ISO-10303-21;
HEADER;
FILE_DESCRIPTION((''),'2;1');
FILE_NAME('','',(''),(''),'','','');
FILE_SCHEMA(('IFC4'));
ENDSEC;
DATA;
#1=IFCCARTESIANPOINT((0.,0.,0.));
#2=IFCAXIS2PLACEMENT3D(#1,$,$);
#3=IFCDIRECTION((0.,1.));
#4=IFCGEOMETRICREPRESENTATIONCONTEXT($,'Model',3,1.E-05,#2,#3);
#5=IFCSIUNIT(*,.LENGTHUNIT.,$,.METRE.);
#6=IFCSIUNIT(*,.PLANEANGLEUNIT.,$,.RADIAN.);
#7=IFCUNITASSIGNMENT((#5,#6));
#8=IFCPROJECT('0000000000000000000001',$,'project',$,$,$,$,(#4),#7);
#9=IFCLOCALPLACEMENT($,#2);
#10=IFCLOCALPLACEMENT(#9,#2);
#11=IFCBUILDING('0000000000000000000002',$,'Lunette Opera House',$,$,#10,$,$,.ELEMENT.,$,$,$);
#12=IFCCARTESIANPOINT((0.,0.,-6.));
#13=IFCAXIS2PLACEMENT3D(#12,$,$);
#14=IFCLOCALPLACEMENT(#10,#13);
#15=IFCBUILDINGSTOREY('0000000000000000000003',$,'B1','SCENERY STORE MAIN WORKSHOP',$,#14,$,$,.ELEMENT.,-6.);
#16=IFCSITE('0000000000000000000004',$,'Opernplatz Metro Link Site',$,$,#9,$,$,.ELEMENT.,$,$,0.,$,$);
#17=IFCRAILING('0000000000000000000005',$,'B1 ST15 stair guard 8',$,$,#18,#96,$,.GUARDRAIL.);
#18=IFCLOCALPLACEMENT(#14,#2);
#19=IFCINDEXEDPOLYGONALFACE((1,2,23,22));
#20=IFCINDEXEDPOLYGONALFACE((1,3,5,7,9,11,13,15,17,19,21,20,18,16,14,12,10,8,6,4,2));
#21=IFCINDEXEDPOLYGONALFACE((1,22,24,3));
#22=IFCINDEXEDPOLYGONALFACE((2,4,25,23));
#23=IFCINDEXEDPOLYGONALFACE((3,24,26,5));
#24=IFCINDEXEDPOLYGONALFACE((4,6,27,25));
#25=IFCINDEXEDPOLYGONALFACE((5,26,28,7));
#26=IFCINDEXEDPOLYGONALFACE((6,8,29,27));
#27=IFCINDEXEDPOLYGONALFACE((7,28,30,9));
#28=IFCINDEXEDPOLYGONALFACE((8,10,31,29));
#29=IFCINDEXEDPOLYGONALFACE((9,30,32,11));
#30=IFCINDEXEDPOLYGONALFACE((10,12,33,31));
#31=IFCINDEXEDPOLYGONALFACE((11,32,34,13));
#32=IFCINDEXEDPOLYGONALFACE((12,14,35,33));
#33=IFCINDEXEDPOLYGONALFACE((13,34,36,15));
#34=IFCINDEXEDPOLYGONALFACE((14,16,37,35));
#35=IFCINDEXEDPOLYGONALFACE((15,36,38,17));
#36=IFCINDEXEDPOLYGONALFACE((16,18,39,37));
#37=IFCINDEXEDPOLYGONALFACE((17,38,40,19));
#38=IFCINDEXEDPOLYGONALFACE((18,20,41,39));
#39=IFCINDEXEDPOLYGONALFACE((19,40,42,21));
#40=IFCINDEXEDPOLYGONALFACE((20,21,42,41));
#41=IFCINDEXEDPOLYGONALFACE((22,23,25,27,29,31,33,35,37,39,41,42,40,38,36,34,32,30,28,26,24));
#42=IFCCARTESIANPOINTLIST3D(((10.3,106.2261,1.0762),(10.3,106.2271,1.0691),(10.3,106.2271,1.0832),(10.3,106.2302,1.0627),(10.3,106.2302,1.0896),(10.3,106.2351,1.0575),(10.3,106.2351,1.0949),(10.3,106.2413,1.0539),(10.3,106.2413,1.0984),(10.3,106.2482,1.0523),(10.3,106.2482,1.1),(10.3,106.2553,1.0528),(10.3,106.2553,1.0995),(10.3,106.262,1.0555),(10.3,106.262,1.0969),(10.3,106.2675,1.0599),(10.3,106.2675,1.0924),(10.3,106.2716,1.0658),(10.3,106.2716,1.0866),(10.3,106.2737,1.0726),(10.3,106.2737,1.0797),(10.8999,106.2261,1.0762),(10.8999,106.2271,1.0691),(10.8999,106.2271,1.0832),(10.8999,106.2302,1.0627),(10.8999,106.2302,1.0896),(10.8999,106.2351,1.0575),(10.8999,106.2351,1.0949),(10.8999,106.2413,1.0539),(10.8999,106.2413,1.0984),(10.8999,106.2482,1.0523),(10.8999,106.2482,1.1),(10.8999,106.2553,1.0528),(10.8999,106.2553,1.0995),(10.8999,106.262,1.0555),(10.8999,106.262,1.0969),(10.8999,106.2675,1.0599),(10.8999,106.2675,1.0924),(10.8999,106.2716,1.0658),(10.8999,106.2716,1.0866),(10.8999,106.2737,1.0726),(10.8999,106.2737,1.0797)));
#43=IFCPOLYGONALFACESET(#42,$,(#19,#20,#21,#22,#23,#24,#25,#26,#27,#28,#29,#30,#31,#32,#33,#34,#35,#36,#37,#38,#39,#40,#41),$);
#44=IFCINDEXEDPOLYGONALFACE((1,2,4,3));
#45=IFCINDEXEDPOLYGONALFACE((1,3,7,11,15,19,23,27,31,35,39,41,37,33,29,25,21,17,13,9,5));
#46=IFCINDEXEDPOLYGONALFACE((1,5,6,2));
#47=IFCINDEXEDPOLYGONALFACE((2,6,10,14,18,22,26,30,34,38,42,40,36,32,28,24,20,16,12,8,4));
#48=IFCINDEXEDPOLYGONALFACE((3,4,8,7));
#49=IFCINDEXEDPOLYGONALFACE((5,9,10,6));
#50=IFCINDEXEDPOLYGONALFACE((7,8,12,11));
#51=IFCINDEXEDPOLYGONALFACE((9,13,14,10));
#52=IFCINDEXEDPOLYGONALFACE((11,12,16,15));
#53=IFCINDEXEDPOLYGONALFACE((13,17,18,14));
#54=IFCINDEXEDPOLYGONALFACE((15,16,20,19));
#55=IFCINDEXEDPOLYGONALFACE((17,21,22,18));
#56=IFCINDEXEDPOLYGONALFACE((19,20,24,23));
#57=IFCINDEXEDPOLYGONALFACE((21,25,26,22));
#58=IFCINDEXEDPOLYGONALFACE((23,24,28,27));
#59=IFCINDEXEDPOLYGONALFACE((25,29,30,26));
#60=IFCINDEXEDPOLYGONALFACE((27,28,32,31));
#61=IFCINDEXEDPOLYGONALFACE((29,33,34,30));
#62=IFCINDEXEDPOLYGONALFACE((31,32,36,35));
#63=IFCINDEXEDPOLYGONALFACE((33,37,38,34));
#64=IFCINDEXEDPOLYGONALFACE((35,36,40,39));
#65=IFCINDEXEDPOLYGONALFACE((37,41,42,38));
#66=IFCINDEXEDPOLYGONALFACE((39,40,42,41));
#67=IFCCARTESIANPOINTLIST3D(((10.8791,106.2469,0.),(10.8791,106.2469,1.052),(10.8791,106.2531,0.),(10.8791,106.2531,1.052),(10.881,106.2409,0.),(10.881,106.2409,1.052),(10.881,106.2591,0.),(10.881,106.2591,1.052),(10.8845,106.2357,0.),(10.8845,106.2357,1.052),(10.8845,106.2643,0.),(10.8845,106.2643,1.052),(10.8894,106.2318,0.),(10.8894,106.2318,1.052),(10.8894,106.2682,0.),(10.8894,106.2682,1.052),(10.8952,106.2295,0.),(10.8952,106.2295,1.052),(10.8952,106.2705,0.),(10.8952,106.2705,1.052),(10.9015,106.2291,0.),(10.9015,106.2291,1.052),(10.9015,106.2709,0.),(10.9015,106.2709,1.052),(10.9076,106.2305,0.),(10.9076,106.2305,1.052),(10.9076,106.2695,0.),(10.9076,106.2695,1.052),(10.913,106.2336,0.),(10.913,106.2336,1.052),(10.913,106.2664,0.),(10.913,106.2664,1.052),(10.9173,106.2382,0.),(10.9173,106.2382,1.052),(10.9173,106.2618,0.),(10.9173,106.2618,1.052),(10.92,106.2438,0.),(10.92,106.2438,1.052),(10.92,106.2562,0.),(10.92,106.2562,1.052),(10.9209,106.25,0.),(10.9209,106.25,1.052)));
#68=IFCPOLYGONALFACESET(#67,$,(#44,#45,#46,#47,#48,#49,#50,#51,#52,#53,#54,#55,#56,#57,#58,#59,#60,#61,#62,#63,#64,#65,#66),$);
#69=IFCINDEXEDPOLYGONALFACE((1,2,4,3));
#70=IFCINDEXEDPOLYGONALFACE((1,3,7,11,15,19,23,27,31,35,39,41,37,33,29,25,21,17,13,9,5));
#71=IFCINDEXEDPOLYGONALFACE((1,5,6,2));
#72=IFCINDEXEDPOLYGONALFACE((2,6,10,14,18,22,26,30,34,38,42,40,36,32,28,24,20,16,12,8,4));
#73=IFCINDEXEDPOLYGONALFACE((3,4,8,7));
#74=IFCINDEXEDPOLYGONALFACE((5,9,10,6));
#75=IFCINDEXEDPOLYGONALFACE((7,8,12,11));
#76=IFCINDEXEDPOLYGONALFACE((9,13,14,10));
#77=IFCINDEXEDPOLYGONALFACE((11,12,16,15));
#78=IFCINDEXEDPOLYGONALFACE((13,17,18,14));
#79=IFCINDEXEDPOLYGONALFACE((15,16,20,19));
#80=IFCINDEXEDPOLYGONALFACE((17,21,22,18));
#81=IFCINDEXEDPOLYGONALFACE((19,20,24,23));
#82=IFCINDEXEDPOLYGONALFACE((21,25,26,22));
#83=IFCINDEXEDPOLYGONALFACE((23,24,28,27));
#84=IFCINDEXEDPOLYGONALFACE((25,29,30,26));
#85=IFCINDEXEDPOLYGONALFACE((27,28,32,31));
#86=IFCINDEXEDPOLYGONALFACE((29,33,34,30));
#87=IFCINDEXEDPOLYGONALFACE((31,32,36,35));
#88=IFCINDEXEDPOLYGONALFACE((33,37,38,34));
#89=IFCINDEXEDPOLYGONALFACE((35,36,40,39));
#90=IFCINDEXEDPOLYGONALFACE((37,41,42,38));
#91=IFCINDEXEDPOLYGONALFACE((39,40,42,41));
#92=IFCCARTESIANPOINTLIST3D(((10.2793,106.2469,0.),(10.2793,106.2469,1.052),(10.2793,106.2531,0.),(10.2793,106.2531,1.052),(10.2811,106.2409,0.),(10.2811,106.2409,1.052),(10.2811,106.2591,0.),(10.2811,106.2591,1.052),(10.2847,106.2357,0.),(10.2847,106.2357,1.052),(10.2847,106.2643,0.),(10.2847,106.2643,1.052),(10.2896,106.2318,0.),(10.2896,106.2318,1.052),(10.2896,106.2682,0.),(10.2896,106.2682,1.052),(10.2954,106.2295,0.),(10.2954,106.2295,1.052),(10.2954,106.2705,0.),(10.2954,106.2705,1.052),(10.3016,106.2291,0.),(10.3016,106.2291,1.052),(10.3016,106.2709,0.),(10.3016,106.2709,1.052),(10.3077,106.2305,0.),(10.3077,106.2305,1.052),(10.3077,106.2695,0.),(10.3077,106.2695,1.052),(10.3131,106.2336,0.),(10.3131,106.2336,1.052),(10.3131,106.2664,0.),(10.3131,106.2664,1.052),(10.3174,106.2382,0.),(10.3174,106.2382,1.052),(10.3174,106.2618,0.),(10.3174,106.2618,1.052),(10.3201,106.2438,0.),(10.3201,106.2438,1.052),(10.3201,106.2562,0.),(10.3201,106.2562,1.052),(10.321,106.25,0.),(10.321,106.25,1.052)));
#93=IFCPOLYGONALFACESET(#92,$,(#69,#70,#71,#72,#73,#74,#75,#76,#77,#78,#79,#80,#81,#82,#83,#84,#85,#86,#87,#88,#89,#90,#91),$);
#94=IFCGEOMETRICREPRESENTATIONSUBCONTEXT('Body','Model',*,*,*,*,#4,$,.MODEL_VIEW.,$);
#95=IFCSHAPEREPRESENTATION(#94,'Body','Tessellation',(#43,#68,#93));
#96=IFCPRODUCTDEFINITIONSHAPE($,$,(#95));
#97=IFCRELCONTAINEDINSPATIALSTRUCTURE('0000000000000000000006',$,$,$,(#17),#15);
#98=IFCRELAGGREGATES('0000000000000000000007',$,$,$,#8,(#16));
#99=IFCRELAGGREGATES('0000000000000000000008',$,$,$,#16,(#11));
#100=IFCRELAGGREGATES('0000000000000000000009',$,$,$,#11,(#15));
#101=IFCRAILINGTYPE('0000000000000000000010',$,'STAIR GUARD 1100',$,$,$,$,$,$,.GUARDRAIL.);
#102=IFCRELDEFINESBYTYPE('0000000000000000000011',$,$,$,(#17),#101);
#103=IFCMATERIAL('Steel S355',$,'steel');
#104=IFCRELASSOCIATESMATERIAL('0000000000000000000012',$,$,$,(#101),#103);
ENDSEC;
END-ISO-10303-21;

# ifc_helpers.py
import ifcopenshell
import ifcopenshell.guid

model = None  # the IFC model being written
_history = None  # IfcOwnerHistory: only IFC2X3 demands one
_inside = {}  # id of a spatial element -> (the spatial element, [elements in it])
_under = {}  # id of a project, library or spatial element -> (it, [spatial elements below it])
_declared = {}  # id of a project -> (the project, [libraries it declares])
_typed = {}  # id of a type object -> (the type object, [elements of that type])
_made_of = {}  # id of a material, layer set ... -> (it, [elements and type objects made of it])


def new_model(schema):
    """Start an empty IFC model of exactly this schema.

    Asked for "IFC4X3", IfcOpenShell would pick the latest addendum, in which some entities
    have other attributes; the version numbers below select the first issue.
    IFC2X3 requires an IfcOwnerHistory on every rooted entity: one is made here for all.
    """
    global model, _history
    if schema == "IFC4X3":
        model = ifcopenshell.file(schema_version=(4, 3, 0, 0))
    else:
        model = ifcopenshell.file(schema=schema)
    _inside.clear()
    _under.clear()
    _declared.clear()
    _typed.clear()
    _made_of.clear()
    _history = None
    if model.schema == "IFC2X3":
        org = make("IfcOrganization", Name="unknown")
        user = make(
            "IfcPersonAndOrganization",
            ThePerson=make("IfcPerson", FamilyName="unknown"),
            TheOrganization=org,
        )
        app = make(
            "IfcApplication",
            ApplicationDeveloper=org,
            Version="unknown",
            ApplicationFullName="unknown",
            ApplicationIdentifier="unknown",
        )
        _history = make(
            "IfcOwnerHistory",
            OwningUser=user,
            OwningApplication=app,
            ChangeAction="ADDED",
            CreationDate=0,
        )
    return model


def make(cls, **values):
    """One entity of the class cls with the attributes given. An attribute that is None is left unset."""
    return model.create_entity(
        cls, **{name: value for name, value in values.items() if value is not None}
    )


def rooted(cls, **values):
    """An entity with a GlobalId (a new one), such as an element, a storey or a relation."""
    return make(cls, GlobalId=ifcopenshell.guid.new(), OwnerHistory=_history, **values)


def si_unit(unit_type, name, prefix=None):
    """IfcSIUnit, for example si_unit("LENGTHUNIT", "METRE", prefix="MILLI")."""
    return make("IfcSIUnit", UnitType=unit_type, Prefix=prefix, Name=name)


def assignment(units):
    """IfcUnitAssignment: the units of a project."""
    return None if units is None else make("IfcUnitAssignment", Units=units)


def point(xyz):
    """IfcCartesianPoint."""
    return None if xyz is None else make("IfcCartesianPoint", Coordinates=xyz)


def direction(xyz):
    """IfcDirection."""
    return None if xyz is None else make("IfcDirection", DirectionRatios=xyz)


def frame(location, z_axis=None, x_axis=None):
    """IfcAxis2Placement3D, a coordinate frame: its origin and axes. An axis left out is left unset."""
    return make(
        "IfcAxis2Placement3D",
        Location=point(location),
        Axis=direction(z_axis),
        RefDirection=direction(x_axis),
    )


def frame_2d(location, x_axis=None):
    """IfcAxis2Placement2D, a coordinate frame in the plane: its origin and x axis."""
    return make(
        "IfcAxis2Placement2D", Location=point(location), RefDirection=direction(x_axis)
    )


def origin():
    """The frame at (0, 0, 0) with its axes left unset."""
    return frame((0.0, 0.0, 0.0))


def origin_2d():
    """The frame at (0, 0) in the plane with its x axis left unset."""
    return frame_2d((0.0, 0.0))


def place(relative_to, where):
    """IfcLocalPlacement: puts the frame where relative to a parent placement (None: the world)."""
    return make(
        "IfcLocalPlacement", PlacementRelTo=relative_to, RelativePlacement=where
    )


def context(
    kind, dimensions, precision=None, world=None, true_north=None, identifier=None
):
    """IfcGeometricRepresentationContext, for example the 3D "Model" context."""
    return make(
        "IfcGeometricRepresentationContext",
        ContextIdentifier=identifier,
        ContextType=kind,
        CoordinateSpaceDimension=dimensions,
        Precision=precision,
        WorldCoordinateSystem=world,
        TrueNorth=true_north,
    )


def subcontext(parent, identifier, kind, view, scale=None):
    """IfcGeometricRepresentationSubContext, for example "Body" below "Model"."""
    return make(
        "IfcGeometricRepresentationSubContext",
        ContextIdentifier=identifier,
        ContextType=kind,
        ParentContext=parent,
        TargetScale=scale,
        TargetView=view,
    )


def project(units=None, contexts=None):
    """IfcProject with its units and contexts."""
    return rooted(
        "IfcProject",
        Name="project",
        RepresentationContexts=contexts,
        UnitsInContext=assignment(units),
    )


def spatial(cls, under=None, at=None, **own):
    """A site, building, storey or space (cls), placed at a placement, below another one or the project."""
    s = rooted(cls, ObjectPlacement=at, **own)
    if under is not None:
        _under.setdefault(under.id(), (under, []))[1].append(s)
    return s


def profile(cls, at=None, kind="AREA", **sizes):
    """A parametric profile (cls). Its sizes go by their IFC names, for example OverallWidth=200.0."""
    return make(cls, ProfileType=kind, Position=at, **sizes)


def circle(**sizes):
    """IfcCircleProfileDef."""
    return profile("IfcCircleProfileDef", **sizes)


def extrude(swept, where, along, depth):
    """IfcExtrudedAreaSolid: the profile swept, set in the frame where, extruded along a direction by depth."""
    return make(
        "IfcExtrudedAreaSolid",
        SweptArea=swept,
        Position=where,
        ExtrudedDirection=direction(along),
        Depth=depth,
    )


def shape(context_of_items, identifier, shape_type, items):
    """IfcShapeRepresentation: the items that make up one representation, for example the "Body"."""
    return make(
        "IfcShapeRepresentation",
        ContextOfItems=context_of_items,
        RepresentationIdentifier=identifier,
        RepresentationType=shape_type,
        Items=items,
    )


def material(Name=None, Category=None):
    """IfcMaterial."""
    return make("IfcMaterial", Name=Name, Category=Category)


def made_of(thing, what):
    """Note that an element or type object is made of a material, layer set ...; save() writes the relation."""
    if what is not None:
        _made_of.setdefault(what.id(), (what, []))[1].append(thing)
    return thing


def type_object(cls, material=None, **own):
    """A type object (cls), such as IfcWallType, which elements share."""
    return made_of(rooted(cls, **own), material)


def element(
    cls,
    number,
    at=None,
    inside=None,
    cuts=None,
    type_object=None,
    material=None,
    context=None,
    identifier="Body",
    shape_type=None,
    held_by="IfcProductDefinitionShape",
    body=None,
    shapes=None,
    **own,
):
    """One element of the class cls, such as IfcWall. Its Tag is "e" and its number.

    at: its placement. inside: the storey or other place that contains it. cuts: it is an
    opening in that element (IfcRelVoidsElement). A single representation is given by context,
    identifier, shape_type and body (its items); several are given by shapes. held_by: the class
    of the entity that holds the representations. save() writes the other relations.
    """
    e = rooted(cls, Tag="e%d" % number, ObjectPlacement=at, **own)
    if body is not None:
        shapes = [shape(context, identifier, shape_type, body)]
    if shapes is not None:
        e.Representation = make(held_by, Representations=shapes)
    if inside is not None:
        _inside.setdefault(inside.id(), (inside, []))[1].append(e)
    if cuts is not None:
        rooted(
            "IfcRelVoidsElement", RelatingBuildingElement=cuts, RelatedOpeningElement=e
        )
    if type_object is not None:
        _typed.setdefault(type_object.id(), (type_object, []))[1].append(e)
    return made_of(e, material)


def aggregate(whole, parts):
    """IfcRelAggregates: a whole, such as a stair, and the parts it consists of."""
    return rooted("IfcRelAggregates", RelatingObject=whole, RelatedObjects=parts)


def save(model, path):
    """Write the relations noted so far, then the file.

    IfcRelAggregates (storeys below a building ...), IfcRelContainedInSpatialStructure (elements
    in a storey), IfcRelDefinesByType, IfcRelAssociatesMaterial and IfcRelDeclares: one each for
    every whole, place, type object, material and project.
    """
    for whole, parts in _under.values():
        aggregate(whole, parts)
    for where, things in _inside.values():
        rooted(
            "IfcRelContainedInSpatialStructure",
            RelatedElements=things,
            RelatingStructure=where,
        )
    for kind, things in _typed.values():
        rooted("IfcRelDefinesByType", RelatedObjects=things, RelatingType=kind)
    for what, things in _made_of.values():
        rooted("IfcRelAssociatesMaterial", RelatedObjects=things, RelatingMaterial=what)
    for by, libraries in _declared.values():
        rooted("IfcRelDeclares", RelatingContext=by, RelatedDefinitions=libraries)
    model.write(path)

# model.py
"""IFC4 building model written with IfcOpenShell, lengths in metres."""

from ifc_helpers import new_model, si_unit, direction, frame, origin, origin_2d, place, context, subcontext, project, spatial, circle, extrude, material, type_object, element, save


model = new_model("IFC4")

# Units and contexts
model_context = context("Model", 3, precision=1e-05, world=origin(), true_north=direction((0.0, 1.0)))
body_context = subcontext(model_context, "Body", "Model", "MODEL_VIEW")
ifc_project = project(units=[si_unit("LENGTHUNIT", "METRE"), si_unit("PLANEANGLEUNIT", "RADIAN")], contexts=[model_context])

# Site, building, storey
site_placement = place(None, origin())
site = spatial("IfcSite", under=ifc_project, at=site_placement, Name="Opernplatz Metro Link Site", CompositionType="ELEMENT", RefElevation=0.0)
building_placement = place(site_placement, origin())
building = spatial("IfcBuilding", under=site, at=building_placement, Name="Lunette Opera House", CompositionType="ELEMENT")
storey_placement = place(building_placement, frame((0.0, 0.0, -6.0)))
storey = spatial("IfcBuildingStorey", under=building, at=storey_placement, Name="B1", Description="SCENERY STORE MAIN WORKSHOP", CompositionType="ELEMENT", Elevation=-6.0)

# Railing
ifc_material_1 = material(Name="Steel S355", Category="steel")
railing_type_1 = type_object("IfcRailingType", Name="STAIR GUARD 1100", PredefinedType="GUARDRAIL", material=ifc_material_1)
railing_1_placement = place(storey_placement, frame((10.8999, 106.25, 0.0)))
element("IfcRailing", 1, at=railing_1_placement, inside=storey, type_object=railing_type_1, Name="B1 ST15 stair guard 8", PredefinedType="GUARDRAIL", context=body_context, shape_type="SweptSolid", body=[
    extrude(circle(Radius=0.0239, at=origin_2d()), frame((0.0, 0.0, 1.0762), z_axis=(-1.0, 0.0, 0.0), x_axis=(0.0, -1.0, 0.0)), (0.0, 0.0, 1.0), 0.5999),
    extrude(circle(Radius=0.021, at=origin_2d()), origin(), (0.0, 0.0, 1.0), 1.052),
    extrude(circle(Radius=0.021, at=origin_2d()), frame((-0.5999, 0.0, 0.0)), (0.0, 0.0, 1.0), 1.052),
])

save(model, "model.ifc")
